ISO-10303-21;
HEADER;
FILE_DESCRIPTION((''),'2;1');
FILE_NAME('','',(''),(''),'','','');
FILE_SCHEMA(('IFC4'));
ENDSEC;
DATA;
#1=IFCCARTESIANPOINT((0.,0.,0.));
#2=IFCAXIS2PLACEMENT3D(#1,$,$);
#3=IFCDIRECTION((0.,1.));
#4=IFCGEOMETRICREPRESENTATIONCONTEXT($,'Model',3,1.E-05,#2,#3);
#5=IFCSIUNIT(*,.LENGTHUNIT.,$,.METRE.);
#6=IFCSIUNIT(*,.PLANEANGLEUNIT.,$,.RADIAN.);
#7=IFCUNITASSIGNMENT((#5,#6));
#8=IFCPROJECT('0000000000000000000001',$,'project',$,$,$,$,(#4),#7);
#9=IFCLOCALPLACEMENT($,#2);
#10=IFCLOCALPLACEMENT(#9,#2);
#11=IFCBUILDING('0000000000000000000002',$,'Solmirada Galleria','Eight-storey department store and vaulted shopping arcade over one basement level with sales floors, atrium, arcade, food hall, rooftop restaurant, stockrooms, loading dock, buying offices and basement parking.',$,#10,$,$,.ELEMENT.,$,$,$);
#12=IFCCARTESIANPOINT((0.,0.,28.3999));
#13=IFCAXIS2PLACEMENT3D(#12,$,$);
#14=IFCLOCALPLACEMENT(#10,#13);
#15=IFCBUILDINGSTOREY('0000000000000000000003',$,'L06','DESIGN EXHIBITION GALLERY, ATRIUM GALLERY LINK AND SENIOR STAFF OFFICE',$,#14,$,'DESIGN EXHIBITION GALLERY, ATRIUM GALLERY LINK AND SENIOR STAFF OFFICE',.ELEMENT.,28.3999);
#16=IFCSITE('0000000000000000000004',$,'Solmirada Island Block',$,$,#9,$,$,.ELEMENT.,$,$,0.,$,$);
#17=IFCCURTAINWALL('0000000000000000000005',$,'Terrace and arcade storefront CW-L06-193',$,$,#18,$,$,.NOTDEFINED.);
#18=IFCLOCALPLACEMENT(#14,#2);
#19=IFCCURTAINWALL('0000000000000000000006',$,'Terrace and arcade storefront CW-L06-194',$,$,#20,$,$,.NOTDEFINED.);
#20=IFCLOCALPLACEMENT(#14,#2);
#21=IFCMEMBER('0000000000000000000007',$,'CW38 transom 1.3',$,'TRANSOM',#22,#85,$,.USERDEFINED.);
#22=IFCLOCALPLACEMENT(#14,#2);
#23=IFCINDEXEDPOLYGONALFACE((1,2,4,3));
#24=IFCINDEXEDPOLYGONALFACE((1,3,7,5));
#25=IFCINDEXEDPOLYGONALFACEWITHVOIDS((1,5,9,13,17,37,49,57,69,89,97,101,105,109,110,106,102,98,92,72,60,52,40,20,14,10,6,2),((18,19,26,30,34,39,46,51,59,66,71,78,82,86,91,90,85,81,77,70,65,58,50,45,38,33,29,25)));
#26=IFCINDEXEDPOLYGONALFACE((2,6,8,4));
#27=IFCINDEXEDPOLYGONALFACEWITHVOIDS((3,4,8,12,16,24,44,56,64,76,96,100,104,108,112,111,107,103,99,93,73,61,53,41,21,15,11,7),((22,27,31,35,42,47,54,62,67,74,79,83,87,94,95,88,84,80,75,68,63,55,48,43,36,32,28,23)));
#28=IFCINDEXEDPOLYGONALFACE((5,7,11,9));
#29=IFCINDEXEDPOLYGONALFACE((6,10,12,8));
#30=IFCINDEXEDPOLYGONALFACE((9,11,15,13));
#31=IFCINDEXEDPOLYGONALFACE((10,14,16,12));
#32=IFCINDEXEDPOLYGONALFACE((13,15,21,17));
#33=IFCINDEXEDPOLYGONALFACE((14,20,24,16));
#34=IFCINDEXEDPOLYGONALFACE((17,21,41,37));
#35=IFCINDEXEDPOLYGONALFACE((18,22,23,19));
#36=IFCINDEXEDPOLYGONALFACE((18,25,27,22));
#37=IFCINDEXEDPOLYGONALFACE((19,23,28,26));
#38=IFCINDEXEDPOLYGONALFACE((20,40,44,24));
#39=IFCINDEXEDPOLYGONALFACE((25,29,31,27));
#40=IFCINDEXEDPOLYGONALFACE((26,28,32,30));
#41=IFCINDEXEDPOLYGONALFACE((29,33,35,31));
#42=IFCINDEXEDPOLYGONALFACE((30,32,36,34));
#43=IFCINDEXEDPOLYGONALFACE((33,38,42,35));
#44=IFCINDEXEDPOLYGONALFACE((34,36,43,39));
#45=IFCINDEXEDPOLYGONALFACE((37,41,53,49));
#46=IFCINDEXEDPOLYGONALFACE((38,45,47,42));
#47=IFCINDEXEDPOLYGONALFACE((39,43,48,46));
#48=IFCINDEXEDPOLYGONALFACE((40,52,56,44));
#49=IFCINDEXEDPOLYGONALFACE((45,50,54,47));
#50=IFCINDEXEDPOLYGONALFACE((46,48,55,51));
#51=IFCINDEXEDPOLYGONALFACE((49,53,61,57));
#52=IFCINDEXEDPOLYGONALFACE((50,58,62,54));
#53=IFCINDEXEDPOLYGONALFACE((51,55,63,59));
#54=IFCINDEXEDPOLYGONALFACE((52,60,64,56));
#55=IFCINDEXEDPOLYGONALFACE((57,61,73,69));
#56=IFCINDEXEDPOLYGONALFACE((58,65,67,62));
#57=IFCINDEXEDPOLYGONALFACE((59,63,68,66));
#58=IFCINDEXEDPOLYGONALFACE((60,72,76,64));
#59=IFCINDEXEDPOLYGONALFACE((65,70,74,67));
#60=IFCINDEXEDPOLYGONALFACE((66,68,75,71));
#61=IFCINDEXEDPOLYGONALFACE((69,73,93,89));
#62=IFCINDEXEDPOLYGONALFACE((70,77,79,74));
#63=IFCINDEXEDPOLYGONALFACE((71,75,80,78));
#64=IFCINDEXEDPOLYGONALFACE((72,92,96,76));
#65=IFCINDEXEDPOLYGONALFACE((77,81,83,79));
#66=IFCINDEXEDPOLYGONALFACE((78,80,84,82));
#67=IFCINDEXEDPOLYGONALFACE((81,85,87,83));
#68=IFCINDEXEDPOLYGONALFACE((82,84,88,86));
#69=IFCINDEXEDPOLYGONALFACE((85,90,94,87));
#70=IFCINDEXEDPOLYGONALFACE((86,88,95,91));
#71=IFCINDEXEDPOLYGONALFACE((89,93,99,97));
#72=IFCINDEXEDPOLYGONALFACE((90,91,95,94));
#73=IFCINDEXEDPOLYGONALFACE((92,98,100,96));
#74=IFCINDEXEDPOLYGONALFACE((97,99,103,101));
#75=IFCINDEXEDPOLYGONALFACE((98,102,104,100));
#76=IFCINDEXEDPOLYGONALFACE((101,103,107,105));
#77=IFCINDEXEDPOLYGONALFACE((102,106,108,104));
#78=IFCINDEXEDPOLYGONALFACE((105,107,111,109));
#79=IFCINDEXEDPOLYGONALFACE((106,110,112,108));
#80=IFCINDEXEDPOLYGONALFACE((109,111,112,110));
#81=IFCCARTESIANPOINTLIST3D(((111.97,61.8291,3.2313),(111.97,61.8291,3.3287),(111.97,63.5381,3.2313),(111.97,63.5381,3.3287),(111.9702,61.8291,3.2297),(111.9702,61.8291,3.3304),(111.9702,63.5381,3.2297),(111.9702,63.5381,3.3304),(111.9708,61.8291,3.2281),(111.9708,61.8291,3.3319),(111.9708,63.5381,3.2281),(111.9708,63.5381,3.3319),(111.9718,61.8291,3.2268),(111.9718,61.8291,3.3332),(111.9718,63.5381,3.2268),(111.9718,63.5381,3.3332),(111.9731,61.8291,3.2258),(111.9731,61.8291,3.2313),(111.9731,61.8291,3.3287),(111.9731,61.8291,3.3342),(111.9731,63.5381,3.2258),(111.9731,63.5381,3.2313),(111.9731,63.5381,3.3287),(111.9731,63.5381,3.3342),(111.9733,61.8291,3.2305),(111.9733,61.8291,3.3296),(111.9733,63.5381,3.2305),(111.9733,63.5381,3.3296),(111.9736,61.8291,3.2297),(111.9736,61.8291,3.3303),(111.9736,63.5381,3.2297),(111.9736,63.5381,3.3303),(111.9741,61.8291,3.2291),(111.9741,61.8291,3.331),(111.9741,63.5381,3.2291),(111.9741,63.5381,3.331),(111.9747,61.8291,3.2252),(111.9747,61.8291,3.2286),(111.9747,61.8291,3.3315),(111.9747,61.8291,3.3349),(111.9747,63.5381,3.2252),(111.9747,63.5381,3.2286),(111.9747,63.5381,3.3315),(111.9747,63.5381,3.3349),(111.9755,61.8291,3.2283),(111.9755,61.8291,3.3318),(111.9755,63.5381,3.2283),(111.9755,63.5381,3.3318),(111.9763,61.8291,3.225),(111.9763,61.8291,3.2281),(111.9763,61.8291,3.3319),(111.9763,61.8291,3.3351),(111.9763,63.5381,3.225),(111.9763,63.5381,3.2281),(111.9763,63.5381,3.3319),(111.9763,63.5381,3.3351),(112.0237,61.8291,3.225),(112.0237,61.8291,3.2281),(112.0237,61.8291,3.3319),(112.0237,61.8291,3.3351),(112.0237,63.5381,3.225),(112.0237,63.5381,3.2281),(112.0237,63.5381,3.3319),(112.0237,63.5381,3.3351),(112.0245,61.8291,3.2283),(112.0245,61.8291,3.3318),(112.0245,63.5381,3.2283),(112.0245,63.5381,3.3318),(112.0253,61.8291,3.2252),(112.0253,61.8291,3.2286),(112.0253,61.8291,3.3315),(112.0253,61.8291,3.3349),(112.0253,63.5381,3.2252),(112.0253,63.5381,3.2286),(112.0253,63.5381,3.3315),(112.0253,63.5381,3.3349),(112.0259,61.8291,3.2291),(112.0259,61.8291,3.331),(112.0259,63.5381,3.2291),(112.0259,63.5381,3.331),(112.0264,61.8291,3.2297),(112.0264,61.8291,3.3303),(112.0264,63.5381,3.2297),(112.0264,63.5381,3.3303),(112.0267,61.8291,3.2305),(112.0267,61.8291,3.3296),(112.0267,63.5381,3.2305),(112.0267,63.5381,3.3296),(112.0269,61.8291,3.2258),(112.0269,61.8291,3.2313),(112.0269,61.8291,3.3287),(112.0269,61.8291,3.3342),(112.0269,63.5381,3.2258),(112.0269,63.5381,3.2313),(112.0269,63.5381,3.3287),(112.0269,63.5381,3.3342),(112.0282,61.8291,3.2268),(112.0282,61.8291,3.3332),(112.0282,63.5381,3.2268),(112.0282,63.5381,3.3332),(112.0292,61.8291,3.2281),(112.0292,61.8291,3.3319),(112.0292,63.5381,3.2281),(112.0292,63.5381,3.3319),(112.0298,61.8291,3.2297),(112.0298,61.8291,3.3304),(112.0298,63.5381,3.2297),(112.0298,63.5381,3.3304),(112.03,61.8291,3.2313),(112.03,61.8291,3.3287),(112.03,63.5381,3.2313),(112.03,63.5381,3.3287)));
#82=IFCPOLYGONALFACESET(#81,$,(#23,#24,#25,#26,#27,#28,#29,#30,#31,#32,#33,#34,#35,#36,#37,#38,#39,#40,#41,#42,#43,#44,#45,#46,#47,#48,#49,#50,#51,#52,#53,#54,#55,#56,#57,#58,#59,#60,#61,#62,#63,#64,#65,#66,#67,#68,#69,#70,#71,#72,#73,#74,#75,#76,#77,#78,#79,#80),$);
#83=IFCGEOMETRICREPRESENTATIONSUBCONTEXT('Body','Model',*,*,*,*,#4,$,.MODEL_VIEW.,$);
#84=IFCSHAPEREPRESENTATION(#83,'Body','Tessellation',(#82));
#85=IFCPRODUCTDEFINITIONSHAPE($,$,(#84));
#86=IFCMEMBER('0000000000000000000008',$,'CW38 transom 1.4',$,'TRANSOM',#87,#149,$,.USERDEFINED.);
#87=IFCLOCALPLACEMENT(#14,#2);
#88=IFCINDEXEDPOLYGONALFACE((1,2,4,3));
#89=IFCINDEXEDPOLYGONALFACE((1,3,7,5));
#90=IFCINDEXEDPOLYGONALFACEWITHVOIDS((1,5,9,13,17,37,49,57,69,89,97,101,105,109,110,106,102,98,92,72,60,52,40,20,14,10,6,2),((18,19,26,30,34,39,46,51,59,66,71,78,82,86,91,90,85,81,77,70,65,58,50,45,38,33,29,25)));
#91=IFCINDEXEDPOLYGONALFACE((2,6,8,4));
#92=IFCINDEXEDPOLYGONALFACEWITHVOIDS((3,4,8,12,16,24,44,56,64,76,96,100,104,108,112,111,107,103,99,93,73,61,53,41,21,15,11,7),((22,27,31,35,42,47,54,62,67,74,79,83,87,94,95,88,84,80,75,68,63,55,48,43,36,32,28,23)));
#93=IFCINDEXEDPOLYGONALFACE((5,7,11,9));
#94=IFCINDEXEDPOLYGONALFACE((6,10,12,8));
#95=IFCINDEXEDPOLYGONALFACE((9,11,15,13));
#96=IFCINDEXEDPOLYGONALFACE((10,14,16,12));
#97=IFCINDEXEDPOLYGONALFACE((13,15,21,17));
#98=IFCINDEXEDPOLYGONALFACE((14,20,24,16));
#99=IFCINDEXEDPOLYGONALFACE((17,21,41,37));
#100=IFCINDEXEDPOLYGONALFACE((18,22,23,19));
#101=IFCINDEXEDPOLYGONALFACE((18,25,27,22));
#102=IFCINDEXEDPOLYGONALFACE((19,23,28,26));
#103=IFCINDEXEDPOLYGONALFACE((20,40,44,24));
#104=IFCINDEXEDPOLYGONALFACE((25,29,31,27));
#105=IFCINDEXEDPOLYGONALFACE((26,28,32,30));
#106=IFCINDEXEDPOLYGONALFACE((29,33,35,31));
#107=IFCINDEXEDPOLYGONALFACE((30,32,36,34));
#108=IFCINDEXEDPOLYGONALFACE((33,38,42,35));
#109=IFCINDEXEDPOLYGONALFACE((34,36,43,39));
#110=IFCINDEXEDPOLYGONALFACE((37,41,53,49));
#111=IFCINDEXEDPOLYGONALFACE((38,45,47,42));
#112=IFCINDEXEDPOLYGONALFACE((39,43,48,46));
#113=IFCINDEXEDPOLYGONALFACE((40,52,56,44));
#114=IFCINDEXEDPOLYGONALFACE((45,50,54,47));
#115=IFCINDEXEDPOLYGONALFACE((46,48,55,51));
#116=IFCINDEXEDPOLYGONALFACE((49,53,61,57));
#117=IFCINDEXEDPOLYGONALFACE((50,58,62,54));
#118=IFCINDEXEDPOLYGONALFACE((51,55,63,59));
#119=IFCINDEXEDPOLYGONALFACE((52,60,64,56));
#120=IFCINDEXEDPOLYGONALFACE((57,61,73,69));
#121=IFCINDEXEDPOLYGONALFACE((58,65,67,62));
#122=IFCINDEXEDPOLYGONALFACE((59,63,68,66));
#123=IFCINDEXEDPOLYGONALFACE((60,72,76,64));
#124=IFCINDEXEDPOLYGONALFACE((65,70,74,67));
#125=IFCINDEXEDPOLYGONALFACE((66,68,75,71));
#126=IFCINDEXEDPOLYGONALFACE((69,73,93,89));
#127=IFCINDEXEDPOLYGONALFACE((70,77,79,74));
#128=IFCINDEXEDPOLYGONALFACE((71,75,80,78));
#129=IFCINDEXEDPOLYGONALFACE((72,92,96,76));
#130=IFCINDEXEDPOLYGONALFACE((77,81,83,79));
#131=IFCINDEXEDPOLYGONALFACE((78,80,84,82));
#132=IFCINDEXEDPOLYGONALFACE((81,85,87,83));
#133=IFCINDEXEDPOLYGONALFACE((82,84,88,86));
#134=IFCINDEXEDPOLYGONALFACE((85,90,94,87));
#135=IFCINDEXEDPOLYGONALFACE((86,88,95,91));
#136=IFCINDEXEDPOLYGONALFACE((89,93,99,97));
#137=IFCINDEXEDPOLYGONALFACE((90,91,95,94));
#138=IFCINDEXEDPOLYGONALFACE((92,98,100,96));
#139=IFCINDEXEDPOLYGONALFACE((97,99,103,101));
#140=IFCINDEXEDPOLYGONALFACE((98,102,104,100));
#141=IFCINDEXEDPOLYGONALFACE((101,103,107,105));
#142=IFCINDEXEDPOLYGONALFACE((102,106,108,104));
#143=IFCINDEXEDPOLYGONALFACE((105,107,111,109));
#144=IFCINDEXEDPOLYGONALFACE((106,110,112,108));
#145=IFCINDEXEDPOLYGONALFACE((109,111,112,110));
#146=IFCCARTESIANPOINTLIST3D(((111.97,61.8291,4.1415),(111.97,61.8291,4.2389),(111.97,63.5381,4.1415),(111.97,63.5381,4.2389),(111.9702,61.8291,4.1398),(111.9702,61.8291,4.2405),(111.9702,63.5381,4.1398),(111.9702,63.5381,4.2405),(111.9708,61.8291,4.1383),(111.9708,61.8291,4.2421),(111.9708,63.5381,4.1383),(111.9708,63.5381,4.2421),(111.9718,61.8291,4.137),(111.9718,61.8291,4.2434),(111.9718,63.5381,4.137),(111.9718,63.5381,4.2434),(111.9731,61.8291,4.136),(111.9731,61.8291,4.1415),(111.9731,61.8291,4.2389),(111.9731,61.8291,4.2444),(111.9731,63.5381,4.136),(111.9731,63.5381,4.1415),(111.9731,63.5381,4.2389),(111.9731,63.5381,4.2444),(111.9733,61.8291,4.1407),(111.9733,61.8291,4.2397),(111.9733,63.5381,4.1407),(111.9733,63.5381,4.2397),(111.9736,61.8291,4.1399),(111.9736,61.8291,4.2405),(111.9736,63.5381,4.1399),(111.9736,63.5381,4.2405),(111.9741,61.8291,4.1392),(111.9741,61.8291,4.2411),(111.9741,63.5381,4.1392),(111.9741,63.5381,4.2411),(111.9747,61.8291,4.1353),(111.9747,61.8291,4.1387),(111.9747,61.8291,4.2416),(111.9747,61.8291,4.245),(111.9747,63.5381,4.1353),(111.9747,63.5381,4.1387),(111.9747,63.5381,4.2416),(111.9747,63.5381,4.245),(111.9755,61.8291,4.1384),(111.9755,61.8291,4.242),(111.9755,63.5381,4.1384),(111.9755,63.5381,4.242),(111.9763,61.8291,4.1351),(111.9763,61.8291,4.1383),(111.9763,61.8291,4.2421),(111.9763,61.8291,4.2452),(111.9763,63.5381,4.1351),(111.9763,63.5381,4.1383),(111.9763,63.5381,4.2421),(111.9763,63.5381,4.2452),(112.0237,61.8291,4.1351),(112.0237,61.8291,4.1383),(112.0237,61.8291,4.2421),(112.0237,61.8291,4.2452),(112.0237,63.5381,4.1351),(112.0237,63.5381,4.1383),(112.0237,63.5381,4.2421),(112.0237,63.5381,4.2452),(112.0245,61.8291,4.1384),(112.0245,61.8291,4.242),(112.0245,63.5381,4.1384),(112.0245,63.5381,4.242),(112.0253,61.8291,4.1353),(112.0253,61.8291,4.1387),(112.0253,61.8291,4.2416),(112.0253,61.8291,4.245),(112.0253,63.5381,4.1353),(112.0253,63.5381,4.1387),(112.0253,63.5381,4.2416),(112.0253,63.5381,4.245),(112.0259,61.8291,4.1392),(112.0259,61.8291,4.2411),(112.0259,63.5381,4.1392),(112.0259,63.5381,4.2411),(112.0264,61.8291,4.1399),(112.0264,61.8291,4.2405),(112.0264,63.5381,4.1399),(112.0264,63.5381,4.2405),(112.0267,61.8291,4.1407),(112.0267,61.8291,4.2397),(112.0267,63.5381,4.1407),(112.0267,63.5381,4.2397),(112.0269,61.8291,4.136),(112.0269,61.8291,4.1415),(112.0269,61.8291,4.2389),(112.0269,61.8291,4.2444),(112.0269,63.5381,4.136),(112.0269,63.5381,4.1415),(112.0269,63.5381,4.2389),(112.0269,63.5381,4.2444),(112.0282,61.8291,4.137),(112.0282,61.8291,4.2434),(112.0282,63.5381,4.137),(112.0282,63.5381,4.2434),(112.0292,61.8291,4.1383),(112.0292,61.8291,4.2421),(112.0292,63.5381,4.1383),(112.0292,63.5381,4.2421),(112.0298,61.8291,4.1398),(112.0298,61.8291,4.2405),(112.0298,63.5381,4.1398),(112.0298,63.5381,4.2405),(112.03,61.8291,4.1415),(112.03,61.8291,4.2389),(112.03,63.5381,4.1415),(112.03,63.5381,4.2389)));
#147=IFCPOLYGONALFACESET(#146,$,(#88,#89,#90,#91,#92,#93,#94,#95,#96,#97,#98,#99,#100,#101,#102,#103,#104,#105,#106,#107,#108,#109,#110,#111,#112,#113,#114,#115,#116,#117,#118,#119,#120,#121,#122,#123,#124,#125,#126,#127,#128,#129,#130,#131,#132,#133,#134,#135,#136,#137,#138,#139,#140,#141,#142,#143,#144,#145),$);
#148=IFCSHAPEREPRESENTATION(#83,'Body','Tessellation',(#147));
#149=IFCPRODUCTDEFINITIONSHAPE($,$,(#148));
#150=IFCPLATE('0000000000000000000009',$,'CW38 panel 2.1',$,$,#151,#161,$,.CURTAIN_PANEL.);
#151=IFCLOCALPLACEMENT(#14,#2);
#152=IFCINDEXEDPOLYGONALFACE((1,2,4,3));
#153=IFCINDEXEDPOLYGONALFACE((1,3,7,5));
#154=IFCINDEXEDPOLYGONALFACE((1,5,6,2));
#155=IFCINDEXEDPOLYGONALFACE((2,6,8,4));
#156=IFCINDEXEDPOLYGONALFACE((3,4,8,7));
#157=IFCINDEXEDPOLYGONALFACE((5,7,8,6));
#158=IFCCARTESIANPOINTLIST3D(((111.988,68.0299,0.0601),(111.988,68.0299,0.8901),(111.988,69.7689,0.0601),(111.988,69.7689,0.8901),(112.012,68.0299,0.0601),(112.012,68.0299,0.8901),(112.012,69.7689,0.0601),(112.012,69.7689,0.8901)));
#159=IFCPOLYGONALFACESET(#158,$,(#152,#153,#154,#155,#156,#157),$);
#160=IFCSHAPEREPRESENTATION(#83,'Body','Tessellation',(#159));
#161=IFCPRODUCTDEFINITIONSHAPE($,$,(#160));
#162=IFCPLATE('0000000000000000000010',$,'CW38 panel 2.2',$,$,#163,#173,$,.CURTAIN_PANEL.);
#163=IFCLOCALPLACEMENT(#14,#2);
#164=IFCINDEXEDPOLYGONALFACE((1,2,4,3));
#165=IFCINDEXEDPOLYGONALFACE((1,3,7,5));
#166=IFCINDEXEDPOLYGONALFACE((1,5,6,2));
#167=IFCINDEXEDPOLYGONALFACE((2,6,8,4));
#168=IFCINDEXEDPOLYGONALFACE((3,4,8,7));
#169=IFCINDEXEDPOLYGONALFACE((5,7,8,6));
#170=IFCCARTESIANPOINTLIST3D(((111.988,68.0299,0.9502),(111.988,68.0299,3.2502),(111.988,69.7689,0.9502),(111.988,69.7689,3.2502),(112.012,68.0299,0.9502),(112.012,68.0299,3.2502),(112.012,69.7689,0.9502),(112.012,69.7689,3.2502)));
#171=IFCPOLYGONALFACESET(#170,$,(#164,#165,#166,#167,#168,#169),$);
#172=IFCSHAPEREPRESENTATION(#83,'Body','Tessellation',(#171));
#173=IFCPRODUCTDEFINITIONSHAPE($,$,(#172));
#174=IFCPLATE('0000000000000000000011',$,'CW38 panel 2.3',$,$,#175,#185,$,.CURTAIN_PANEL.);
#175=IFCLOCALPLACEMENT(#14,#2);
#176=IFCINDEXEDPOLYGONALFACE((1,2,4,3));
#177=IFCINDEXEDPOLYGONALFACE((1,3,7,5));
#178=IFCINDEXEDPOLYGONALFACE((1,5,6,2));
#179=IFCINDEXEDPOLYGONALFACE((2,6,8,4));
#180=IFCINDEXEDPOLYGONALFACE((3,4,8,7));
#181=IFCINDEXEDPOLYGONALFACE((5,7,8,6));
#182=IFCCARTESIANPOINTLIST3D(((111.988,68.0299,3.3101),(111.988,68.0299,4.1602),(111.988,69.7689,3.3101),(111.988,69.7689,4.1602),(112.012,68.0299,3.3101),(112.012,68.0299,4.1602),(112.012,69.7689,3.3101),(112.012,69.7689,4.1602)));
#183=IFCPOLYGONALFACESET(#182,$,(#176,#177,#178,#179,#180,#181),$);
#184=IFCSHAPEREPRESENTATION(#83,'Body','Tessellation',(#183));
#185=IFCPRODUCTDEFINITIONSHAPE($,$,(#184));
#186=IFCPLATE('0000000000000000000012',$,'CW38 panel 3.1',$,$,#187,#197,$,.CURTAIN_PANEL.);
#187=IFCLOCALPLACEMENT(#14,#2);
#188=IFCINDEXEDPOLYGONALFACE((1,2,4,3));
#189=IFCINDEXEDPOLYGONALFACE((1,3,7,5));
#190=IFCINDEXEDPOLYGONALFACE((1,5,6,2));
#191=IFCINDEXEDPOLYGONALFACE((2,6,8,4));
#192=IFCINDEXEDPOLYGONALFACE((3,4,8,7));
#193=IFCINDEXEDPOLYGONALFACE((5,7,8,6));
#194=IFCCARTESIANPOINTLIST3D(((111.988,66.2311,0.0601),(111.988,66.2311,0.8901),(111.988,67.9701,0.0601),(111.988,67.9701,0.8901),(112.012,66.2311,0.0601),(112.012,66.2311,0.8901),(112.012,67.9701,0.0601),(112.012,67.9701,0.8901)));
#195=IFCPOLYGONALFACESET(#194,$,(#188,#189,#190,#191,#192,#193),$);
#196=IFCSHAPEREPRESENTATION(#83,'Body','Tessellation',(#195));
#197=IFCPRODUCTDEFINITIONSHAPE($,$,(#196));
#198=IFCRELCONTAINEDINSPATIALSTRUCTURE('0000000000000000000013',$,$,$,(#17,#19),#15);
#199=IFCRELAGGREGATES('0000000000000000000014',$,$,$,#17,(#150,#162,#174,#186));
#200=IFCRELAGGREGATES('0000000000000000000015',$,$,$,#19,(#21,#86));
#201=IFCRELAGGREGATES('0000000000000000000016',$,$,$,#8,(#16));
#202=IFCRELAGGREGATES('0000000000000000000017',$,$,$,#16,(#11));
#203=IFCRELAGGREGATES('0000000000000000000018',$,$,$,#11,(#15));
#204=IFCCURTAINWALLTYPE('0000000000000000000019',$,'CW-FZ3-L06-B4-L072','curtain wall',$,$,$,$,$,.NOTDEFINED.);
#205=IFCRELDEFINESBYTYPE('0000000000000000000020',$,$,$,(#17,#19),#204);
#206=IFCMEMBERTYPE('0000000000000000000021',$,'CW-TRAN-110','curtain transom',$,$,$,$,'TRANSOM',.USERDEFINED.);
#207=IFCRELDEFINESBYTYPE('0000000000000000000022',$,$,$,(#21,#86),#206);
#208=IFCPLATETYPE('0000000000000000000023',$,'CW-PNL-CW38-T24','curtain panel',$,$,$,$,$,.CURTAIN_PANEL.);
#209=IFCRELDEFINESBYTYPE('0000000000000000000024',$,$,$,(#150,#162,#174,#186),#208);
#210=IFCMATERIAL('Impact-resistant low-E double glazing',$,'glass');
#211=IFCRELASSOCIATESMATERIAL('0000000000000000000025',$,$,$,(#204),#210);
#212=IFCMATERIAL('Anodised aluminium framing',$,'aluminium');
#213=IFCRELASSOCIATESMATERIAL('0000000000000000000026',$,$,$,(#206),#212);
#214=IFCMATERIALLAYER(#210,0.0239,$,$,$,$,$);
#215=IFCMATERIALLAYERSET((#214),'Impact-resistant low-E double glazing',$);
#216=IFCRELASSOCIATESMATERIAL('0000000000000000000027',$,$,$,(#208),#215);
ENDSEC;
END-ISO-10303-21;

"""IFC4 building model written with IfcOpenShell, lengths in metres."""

from ifc_helpers import new_model, si_unit, direction, frame, origin, origin_2d, place, context, subcontext, project, spatial, rectangle, hollow_rectangle, extrude, material, layer, layer_set, material_profile, profile_set, type_object, element, aggregate, save


model = new_model("IFC4")

# Units and contexts
model_context = context("Model", 3, precision=1e-05, world=origin(), true_north=direction((0.0, 1.0)))
body_context = subcontext(model_context, "Body", "Model", "MODEL_VIEW")
ifc_project = project(units=[si_unit("LENGTHUNIT", "METRE"), si_unit("PLANEANGLEUNIT", "RADIAN")], contexts=[model_context])

# Site, building, storey
site_placement = place(None, origin())
site = spatial("IfcSite", under=ifc_project, at=site_placement, Name="Solmirada Island Block", CompositionType="ELEMENT", RefElevation=0.0)
building_placement = place(site_placement, origin())
building = spatial("IfcBuilding", under=site, at=building_placement, Name="Solmirada Galleria", Description="Eight-storey department store and vaulted shopping arcade over one basement level with sales floors, atrium, arcade, food hall, rooftop restaurant, stockrooms, loading dock, buying offices and basement parking.", CompositionType="ELEMENT")
storey_placement = place(building_placement, frame((0.0, 0.0, 28.3999)))
storey = spatial("IfcBuildingStorey", under=building, at=storey_placement, Name="L06", Description="DESIGN EXHIBITION GALLERY, ATRIUM GALLERY LINK AND SENIOR STAFF OFFICE", LongName="DESIGN EXHIBITION GALLERY, ATRIUM GALLERY LINK AND SENIOR STAFF OFFICE", CompositionType="ELEMENT", Elevation=28.3999)

# Curtain walls
ifc_material_1 = material(Name="Impact-resistant low-E double glazing", Category="glass")
curtain_wall_type = type_object("IfcCurtainWallType", Name="CW-FZ3-L06-B4-L072", Description="curtain wall", PredefinedType="NOTDEFINED", material=ifc_material_1)
curtain_wall_1_placement = place(storey_placement, origin())
curtain_wall_1 = element("IfcCurtainWall", 1, at=curtain_wall_1_placement, inside=storey, type_object=curtain_wall_type, Name="Terrace and arcade storefront CW-L06-193", PredefinedType="NOTDEFINED")
ifc_material_2 = material(Name="Anodised aluminium framing", Category="aluminium")
curtain_wall_2_placement = place(storey_placement, origin())
curtain_wall_2 = element("IfcCurtainWall", 2, at=curtain_wall_2_placement, inside=storey, type_object=curtain_wall_type, Name="Terrace and arcade storefront CW-L06-194", PredefinedType="NOTDEFINED")

# Members
ifc_material_profile_1 = material_profile(ifc_material_2, hollow_rectangle(XDim=0.0601, YDim=0.1101, WallThickness=0.0032, InnerFilletRadius=0.0032, OuterFilletRadius=0.0063, at=origin_2d()), Name="ALU-TRAN-110X60")
ifc_profile_set_1 = profile_set([ifc_material_profile_1], Name="Anodised aluminium framing")
member_type_1 = type_object("IfcMemberType", Name="CW-TRAN-110", Description="curtain transom", ElementType="TRANSOM", PredefinedType="USERDEFINED", material=ifc_profile_set_1)
member_1_placement = place(storey_placement, frame((112.0, 63.5381, 3.28), z_axis=(0.0, -1.0, 0.0), x_axis=(1.0, 0.0, 0.0)))
member_1 = element("IfcMember", 3, at=member_1_placement, type_object=member_type_1, Name="CW38 transom 1.3", ObjectType="TRANSOM", PredefinedType="USERDEFINED", context=body_context, shape_type="SweptSolid", body=[
    extrude(hollow_rectangle(XDim=0.0601, YDim=0.1101, WallThickness=0.0032, InnerFilletRadius=0.0032, OuterFilletRadius=0.0063, at=origin_2d()), origin(), (0.0, 0.0, 1.0), 1.709),
])
member_2_placement = place(storey_placement, frame((112.0, 63.5381, 4.1902), z_axis=(0.0, -1.0, 0.0), x_axis=(1.0, 0.0, 0.0)))
member_2 = element("IfcMember", 4, at=member_2_placement, type_object=member_type_1, Name="CW38 transom 1.4", ObjectType="TRANSOM", PredefinedType="USERDEFINED", context=body_context, shape_type="SweptSolid", body=[
    extrude(hollow_rectangle(XDim=0.0601, YDim=0.1101, WallThickness=0.0032, InnerFilletRadius=0.0032, OuterFilletRadius=0.0063, at=origin_2d()), origin(), (0.0, 0.0, 1.0), 1.709),
])

# Plates
ifc_layer = layer(ifc_material_1, 0.0239)
ifc_layer_set = layer_set([ifc_layer], Name="Impact-resistant low-E double glazing")
plate_type = type_object("IfcPlateType", Name="CW-PNL-CW38-T24", Description="curtain panel", PredefinedType="CURTAIN_PANEL", material=ifc_layer_set)
plate_1_placement = place(storey_placement, frame((112.0, 68.8994, 0.0601), z_axis=(0.0, 0.0, 1.0), x_axis=(0.0, -1.0, 0.0)))
plate_1 = element("IfcPlate", 5, at=plate_1_placement, type_object=plate_type, Name="CW38 panel 2.1", PredefinedType="CURTAIN_PANEL", context=body_context, shape_type="SweptSolid", body=[
    extrude(rectangle(XDim=1.739, YDim=0.0239, at=origin_2d()), origin(), (0.0, 0.0, 1.0), 0.8301),
])
plate_2_placement = place(storey_placement, frame((112.0, 68.8994, 0.9502), z_axis=(0.0, 0.0, 1.0), x_axis=(0.0, -1.0, 0.0)))
plate_2 = element("IfcPlate", 6, at=plate_2_placement, type_object=plate_type, Name="CW38 panel 2.2", PredefinedType="CURTAIN_PANEL", context=body_context, shape_type="SweptSolid", body=[
    extrude(rectangle(XDim=1.739, YDim=0.0239, at=origin_2d()), origin(), (0.0, 0.0, 1.0), 2.3),
])
plate_3_placement = place(storey_placement, frame((112.0, 68.8994, 3.3101), z_axis=(0.0, 0.0, 1.0), x_axis=(0.0, -1.0, 0.0)))
plate_3 = element("IfcPlate", 7, at=plate_3_placement, type_object=plate_type, Name="CW38 panel 2.3", PredefinedType="CURTAIN_PANEL", context=body_context, shape_type="SweptSolid", body=[
    extrude(rectangle(XDim=1.739, YDim=0.0239, at=origin_2d()), origin(), (0.0, 0.0, 1.0), 0.8501),
])
plate_4_placement = place(storey_placement, frame((112.0, 67.1006, 0.0601), z_axis=(0.0, 0.0, 1.0), x_axis=(0.0, -1.0, 0.0)))
plate_4 = element("IfcPlate", 8, at=plate_4_placement, type_object=plate_type, Name="CW38 panel 3.1", PredefinedType="CURTAIN_PANEL", context=body_context, shape_type="SweptSolid", body=[
    extrude(rectangle(XDim=1.739, YDim=0.0239, at=origin_2d()), origin(), (0.0, 0.0, 1.0), 0.8301),
])
aggregate(curtain_wall_1, [plate_1, plate_2, plate_3, plate_4])
aggregate(curtain_wall_2, [member_1, member_2])

save(model, "model.ifc")
